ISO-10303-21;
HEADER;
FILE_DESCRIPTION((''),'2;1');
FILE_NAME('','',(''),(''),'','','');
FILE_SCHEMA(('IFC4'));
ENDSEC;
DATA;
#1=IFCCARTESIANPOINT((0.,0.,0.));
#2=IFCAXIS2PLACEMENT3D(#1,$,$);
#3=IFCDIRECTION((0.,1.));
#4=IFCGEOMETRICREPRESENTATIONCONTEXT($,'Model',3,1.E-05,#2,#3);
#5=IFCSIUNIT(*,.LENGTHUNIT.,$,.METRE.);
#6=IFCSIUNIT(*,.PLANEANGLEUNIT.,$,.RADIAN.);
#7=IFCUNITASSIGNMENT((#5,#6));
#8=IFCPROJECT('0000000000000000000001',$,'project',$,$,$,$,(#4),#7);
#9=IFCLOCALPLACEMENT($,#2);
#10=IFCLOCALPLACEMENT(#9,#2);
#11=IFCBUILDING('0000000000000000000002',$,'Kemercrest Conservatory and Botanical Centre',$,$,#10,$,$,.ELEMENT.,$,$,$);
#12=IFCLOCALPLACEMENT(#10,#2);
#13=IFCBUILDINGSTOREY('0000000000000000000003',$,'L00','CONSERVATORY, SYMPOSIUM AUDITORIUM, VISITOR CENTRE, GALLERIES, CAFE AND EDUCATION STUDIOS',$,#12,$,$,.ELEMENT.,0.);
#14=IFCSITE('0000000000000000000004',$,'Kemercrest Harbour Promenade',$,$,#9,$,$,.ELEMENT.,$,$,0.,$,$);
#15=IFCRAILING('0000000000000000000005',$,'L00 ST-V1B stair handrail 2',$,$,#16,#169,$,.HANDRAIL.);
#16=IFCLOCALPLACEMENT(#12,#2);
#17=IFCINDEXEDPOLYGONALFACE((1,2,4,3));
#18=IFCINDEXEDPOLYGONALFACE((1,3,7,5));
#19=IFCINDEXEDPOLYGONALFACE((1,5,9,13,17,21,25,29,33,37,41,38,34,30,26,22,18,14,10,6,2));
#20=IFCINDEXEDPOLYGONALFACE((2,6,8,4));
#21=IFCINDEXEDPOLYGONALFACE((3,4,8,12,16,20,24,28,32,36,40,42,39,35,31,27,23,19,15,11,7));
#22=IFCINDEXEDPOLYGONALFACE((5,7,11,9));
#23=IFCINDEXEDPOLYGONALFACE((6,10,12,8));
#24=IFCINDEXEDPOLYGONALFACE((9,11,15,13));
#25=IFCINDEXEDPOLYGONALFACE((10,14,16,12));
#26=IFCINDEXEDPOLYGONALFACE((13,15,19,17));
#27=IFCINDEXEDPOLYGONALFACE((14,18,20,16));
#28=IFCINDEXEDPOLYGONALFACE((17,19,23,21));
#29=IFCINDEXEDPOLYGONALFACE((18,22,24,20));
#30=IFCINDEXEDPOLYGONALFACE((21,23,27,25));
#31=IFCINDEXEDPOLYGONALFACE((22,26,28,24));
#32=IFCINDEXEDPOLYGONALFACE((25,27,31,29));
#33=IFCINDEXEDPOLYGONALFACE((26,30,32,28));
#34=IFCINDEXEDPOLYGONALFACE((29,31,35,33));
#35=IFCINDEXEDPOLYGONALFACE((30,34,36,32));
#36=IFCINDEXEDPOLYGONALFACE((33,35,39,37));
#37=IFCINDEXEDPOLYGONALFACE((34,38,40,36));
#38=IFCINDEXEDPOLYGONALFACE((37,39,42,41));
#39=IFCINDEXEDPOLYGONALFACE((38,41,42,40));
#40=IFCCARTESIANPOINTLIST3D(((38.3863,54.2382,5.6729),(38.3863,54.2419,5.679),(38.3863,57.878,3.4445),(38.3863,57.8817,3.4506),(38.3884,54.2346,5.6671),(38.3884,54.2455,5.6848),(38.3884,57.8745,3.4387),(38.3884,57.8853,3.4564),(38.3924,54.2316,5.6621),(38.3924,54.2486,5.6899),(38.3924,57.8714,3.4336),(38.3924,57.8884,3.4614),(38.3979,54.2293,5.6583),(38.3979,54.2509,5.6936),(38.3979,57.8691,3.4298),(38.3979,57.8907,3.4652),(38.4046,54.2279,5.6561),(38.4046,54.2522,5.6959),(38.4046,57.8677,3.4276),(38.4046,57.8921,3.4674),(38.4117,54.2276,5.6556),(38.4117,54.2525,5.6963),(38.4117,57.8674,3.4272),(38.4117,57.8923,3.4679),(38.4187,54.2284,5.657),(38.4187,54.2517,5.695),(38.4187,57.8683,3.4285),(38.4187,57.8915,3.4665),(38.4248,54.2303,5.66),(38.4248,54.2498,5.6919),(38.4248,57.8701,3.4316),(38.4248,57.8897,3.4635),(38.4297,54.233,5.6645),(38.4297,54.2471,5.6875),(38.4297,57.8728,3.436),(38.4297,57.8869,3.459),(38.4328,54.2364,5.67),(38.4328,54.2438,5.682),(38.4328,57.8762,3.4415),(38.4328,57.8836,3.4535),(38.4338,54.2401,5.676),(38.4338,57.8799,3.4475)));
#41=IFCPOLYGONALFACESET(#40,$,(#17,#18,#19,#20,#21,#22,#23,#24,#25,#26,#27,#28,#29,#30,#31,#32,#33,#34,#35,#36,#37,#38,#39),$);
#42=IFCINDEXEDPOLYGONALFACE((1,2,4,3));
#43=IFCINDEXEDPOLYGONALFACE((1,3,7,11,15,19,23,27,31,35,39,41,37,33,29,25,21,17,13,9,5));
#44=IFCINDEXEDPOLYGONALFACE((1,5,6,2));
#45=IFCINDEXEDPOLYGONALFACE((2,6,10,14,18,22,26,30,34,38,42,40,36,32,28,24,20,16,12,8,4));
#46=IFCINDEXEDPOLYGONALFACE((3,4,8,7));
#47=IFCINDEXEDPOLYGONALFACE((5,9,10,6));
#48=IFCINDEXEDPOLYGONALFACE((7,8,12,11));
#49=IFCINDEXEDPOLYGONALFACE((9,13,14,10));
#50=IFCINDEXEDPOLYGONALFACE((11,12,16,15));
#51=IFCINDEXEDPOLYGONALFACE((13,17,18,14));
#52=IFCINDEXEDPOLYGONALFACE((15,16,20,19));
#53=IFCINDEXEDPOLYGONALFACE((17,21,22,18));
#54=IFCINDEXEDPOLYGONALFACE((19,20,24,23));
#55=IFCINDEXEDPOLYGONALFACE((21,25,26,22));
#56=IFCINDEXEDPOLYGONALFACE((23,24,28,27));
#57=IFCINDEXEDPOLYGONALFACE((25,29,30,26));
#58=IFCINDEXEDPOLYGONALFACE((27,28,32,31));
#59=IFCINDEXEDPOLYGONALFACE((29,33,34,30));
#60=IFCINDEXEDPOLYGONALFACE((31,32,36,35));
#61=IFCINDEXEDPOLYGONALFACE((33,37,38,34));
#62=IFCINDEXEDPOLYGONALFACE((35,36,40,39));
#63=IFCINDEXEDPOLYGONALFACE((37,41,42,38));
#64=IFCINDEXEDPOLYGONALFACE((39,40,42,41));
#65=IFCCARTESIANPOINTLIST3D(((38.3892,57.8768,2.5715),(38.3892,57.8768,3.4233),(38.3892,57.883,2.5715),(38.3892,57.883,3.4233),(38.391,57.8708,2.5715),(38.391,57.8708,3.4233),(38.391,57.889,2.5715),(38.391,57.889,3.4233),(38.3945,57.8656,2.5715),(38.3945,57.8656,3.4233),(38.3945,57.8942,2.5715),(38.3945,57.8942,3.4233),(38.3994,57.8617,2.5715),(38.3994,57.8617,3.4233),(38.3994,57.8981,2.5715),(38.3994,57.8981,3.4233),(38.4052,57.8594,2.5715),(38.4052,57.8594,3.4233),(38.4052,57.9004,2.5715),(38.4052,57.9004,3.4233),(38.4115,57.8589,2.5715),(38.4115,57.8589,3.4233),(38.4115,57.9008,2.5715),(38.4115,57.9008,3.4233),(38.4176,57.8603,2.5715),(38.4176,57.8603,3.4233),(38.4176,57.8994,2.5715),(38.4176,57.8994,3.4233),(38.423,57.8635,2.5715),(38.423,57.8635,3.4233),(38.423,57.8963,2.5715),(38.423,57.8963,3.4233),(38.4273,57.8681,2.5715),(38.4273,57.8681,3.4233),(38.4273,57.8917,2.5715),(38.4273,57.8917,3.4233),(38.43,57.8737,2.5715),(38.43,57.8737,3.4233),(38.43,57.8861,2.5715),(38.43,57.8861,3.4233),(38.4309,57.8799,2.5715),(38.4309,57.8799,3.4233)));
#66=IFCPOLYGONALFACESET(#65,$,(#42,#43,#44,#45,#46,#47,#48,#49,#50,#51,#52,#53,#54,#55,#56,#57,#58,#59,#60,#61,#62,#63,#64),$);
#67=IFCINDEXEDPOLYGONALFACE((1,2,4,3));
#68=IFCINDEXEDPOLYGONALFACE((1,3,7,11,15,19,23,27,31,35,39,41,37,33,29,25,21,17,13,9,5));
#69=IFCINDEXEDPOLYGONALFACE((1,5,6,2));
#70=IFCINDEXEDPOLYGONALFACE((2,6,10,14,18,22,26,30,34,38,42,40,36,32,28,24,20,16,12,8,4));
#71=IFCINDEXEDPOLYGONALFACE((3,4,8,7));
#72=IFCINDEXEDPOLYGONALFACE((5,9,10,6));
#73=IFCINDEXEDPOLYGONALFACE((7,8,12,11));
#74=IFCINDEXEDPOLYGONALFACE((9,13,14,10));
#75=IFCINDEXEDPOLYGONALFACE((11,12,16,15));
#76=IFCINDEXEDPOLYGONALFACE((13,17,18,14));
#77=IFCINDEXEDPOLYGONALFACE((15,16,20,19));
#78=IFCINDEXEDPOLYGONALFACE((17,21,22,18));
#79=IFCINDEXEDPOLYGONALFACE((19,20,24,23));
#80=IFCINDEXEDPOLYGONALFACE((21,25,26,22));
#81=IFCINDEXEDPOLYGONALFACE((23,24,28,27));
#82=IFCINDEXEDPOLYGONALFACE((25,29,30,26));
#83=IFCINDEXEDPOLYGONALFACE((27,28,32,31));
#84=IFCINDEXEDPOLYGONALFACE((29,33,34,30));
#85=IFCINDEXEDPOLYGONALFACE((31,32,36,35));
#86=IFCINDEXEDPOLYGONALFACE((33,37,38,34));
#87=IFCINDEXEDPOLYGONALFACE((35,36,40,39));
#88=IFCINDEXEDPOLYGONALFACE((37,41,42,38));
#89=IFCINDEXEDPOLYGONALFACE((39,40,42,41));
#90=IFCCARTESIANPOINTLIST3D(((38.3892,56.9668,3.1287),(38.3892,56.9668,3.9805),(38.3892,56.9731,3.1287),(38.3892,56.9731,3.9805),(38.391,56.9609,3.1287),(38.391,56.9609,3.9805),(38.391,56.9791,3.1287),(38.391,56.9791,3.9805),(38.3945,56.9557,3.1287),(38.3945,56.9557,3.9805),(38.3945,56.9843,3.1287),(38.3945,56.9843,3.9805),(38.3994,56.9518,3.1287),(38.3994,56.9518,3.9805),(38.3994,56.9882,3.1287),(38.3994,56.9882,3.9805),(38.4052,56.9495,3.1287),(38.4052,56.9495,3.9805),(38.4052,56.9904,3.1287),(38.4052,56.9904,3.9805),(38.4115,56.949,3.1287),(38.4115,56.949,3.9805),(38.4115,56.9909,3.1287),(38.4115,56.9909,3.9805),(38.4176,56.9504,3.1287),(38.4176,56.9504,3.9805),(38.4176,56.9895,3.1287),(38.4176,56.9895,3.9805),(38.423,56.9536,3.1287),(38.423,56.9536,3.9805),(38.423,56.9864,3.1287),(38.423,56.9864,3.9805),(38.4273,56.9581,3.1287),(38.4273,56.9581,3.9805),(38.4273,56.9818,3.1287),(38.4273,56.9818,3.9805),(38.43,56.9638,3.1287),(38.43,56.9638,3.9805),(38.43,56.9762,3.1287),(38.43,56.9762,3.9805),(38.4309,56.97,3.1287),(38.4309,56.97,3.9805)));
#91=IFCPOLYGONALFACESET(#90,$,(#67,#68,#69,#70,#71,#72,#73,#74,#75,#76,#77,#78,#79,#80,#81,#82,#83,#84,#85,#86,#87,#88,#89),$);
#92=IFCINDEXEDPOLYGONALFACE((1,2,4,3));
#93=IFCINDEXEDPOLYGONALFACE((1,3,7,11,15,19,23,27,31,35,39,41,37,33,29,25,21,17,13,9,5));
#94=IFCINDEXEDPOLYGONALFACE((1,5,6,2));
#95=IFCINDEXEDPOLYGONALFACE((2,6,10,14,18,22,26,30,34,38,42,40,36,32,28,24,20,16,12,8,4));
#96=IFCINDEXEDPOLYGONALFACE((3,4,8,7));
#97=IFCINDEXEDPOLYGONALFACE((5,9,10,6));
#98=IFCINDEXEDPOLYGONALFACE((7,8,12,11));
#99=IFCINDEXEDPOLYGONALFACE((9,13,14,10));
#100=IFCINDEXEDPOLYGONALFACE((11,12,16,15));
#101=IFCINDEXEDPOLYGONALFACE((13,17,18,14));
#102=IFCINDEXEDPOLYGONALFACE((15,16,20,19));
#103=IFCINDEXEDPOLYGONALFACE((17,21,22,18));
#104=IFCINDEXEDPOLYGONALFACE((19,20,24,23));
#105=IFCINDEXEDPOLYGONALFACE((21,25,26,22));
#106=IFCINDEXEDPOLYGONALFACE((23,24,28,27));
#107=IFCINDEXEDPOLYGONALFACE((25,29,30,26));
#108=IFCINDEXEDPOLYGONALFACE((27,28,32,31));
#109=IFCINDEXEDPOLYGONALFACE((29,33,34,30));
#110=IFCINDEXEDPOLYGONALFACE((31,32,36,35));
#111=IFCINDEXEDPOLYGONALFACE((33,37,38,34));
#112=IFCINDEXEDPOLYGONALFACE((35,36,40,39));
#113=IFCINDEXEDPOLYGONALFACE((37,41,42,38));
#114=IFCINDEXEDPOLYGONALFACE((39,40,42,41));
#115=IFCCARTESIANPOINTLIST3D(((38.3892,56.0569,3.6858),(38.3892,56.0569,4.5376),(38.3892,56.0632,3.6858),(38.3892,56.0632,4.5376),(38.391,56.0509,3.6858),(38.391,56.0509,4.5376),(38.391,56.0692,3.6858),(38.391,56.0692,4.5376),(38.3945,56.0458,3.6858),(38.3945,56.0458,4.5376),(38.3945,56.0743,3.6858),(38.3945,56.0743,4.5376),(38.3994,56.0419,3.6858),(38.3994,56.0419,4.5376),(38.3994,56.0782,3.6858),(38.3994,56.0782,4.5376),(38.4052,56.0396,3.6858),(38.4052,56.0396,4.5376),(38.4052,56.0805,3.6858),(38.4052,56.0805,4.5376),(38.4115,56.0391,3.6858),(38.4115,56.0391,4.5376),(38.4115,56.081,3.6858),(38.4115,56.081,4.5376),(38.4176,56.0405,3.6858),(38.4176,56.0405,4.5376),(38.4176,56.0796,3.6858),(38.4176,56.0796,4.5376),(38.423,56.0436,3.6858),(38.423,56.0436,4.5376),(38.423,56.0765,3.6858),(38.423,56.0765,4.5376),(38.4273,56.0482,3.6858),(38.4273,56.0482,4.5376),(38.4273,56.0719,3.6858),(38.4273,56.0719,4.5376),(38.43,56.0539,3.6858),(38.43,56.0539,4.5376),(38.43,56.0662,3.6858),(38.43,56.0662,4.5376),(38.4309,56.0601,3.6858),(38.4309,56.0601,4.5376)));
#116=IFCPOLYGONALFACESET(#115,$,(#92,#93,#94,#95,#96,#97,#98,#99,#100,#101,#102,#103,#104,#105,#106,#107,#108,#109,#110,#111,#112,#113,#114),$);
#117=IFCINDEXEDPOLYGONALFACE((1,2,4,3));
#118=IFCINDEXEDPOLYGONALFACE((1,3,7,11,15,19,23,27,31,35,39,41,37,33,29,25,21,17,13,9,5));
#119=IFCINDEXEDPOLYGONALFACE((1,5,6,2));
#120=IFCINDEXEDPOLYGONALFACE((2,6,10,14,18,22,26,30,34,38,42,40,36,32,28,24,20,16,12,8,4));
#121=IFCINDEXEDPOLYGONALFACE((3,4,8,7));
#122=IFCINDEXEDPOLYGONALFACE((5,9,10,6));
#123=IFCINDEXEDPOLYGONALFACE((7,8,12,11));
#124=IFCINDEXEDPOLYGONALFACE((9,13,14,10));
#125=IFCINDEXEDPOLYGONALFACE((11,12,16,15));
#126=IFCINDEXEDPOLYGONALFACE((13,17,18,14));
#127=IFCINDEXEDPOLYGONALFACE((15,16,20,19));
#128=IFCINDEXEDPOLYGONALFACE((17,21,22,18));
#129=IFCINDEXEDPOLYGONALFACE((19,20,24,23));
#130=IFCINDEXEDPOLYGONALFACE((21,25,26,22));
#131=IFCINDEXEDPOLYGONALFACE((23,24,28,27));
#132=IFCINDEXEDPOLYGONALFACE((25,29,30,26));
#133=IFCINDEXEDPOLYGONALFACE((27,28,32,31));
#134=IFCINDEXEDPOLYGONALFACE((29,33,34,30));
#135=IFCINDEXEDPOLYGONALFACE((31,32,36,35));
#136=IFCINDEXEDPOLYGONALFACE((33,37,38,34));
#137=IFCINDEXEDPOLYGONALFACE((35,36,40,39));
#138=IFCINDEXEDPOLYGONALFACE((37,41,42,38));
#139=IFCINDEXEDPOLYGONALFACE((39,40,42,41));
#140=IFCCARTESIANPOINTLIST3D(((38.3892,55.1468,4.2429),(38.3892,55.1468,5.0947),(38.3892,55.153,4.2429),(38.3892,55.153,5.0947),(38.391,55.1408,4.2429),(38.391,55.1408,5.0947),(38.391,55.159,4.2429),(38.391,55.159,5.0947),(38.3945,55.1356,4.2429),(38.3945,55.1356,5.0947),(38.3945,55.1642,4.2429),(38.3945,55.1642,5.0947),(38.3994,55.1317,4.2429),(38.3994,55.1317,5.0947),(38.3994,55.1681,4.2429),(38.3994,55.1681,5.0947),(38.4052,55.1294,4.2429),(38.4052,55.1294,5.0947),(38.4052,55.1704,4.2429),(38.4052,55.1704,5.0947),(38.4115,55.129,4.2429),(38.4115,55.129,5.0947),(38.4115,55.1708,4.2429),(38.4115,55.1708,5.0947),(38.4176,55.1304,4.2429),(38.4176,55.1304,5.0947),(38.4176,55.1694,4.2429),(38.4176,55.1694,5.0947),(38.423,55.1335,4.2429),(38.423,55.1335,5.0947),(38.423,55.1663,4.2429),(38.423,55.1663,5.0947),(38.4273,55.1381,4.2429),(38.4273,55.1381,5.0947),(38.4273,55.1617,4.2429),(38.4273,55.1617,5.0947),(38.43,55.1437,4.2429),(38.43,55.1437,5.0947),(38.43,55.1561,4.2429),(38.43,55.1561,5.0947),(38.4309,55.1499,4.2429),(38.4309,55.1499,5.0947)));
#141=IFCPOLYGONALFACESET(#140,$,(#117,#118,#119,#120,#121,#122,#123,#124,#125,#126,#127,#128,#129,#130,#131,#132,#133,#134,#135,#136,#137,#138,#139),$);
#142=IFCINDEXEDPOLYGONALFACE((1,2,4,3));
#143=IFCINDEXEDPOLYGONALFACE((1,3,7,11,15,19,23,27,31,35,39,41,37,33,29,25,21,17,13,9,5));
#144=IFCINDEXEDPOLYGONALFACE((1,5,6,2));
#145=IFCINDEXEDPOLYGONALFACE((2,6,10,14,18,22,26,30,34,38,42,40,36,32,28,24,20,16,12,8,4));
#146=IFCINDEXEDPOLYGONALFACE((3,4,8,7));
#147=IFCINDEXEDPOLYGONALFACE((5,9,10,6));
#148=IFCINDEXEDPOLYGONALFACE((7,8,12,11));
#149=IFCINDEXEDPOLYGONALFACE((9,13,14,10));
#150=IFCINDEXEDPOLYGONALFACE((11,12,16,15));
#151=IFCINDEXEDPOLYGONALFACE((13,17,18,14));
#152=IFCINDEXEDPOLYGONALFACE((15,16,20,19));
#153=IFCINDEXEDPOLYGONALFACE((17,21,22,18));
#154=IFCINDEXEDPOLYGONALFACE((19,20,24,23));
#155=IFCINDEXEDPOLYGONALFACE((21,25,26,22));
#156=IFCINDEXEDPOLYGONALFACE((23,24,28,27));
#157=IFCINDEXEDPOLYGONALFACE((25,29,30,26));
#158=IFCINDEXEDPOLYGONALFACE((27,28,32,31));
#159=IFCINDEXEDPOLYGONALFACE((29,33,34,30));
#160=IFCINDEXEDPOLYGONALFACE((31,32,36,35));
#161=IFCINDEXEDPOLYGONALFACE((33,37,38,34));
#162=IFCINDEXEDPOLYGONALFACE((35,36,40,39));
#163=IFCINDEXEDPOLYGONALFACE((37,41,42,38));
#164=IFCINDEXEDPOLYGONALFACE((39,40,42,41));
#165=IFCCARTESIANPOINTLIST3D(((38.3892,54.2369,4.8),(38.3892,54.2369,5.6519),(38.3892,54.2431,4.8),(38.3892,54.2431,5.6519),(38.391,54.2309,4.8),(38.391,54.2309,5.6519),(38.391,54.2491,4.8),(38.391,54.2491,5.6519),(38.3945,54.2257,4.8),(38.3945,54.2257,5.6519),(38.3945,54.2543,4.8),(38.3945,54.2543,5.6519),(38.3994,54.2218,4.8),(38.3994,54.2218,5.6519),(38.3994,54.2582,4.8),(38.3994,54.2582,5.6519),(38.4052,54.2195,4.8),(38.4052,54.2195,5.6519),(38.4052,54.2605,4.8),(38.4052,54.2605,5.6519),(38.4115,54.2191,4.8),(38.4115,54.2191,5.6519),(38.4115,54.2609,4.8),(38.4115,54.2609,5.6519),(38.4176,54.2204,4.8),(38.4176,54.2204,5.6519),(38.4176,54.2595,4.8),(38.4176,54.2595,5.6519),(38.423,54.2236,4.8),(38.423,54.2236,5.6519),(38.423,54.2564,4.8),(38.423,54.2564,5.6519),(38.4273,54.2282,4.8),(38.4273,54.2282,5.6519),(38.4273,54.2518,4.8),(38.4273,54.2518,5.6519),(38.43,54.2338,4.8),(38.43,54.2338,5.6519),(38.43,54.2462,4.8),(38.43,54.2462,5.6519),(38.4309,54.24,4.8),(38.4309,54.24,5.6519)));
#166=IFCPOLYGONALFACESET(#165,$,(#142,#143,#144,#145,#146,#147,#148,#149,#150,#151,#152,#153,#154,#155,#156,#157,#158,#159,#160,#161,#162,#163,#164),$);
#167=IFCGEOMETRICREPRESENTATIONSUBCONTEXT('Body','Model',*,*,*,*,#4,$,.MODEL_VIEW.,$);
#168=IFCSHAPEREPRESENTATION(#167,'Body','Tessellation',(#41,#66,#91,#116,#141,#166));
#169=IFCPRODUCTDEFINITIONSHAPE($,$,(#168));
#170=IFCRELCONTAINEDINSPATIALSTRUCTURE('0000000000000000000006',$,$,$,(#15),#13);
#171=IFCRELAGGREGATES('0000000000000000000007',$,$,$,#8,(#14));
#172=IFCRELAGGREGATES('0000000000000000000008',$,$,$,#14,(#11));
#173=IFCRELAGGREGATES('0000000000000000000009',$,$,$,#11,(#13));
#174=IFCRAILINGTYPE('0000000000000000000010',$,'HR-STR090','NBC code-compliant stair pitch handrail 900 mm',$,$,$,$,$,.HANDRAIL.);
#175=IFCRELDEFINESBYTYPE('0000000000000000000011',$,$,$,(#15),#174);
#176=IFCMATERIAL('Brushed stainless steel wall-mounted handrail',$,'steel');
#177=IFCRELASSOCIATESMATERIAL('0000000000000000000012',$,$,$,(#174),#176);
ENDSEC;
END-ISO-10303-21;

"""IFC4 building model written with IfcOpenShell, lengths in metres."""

from ifc_helpers import new_model, si_unit, direction, frame, origin, origin_2d, place, context, subcontext, project, spatial, circle, extrude, material, type_object, element, save


model = new_model("IFC4")

# Units and contexts
model_context = context("Model", 3, precision=1e-05, world=origin(), true_north=direction((0.0, 1.0)))
body_context = subcontext(model_context, "Body", "Model", "MODEL_VIEW")
ifc_project = project(units=[si_unit("LENGTHUNIT", "METRE"), si_unit("PLANEANGLEUNIT", "RADIAN")], contexts=[model_context])

# Site, building, storey
site_placement = place(None, origin())
site = spatial("IfcSite", under=ifc_project, at=site_placement, Name="Kemercrest Harbour Promenade", CompositionType="ELEMENT", RefElevation=0.0)
building_placement = place(site_placement, origin())
building = spatial("IfcBuilding", under=site, at=building_placement, Name="Kemercrest Conservatory and Botanical Centre", CompositionType="ELEMENT")
storey_placement = place(building_placement, origin())
storey = spatial("IfcBuildingStorey", under=building, at=storey_placement, Name="L00", Description="CONSERVATORY, SYMPOSIUM AUDITORIUM, VISITOR CENTRE, GALLERIES, CAFE AND EDUCATION STUDIOS", CompositionType="ELEMENT", Elevation=0.0)

# Railing
ifc_material_1 = material(Name="Brushed stainless steel wall-mounted handrail", Category="steel")
railing_type_1 = type_object("IfcRailingType", Name="HR-STR090", Description="NBC code-compliant stair pitch handrail 900 mm", PredefinedType="HANDRAIL", material=ifc_material_1)
railing_1_placement = place(storey_placement, frame((38.4099, 57.8799, 2.5715)))
element("IfcRailing", 1, at=railing_1_placement, inside=storey, type_object=railing_type_1, Name="L00 ST-V1B stair handrail 2", PredefinedType="HANDRAIL", context=body_context, shape_type="SweptSolid", body=[
    extrude(circle(Radius=0.0239, at=origin_2d()), frame((0.0, 0.0, 0.876), z_axis=(0.0, -0.85285, 0.522156), x_axis=(1.0, 0.0, 0.0)), (0.0, 0.0, 1.0), 4.2678),
    extrude(circle(Radius=0.021, at=origin_2d()), origin(), (0.0, 0.0, 1.0), 0.8518),
    extrude(circle(Radius=0.021, at=origin_2d()), frame((0.0, -0.9099, 0.5571)), (0.0, 0.0, 1.0), 0.8518),
    extrude(circle(Radius=0.021, at=origin_2d()), frame((0.0, -1.8198, 1.1143)), (0.0, 0.0, 1.0), 0.8518),
    extrude(circle(Radius=0.021, at=origin_2d()), frame((0.0, -2.73, 1.6714)), (0.0, 0.0, 1.0), 0.8518),
    extrude(circle(Radius=0.021, at=origin_2d()), frame((0.0, -3.6399, 2.2285)), (0.0, 0.0, 1.0), 0.8518),
])

save(model, "model.ifc")
